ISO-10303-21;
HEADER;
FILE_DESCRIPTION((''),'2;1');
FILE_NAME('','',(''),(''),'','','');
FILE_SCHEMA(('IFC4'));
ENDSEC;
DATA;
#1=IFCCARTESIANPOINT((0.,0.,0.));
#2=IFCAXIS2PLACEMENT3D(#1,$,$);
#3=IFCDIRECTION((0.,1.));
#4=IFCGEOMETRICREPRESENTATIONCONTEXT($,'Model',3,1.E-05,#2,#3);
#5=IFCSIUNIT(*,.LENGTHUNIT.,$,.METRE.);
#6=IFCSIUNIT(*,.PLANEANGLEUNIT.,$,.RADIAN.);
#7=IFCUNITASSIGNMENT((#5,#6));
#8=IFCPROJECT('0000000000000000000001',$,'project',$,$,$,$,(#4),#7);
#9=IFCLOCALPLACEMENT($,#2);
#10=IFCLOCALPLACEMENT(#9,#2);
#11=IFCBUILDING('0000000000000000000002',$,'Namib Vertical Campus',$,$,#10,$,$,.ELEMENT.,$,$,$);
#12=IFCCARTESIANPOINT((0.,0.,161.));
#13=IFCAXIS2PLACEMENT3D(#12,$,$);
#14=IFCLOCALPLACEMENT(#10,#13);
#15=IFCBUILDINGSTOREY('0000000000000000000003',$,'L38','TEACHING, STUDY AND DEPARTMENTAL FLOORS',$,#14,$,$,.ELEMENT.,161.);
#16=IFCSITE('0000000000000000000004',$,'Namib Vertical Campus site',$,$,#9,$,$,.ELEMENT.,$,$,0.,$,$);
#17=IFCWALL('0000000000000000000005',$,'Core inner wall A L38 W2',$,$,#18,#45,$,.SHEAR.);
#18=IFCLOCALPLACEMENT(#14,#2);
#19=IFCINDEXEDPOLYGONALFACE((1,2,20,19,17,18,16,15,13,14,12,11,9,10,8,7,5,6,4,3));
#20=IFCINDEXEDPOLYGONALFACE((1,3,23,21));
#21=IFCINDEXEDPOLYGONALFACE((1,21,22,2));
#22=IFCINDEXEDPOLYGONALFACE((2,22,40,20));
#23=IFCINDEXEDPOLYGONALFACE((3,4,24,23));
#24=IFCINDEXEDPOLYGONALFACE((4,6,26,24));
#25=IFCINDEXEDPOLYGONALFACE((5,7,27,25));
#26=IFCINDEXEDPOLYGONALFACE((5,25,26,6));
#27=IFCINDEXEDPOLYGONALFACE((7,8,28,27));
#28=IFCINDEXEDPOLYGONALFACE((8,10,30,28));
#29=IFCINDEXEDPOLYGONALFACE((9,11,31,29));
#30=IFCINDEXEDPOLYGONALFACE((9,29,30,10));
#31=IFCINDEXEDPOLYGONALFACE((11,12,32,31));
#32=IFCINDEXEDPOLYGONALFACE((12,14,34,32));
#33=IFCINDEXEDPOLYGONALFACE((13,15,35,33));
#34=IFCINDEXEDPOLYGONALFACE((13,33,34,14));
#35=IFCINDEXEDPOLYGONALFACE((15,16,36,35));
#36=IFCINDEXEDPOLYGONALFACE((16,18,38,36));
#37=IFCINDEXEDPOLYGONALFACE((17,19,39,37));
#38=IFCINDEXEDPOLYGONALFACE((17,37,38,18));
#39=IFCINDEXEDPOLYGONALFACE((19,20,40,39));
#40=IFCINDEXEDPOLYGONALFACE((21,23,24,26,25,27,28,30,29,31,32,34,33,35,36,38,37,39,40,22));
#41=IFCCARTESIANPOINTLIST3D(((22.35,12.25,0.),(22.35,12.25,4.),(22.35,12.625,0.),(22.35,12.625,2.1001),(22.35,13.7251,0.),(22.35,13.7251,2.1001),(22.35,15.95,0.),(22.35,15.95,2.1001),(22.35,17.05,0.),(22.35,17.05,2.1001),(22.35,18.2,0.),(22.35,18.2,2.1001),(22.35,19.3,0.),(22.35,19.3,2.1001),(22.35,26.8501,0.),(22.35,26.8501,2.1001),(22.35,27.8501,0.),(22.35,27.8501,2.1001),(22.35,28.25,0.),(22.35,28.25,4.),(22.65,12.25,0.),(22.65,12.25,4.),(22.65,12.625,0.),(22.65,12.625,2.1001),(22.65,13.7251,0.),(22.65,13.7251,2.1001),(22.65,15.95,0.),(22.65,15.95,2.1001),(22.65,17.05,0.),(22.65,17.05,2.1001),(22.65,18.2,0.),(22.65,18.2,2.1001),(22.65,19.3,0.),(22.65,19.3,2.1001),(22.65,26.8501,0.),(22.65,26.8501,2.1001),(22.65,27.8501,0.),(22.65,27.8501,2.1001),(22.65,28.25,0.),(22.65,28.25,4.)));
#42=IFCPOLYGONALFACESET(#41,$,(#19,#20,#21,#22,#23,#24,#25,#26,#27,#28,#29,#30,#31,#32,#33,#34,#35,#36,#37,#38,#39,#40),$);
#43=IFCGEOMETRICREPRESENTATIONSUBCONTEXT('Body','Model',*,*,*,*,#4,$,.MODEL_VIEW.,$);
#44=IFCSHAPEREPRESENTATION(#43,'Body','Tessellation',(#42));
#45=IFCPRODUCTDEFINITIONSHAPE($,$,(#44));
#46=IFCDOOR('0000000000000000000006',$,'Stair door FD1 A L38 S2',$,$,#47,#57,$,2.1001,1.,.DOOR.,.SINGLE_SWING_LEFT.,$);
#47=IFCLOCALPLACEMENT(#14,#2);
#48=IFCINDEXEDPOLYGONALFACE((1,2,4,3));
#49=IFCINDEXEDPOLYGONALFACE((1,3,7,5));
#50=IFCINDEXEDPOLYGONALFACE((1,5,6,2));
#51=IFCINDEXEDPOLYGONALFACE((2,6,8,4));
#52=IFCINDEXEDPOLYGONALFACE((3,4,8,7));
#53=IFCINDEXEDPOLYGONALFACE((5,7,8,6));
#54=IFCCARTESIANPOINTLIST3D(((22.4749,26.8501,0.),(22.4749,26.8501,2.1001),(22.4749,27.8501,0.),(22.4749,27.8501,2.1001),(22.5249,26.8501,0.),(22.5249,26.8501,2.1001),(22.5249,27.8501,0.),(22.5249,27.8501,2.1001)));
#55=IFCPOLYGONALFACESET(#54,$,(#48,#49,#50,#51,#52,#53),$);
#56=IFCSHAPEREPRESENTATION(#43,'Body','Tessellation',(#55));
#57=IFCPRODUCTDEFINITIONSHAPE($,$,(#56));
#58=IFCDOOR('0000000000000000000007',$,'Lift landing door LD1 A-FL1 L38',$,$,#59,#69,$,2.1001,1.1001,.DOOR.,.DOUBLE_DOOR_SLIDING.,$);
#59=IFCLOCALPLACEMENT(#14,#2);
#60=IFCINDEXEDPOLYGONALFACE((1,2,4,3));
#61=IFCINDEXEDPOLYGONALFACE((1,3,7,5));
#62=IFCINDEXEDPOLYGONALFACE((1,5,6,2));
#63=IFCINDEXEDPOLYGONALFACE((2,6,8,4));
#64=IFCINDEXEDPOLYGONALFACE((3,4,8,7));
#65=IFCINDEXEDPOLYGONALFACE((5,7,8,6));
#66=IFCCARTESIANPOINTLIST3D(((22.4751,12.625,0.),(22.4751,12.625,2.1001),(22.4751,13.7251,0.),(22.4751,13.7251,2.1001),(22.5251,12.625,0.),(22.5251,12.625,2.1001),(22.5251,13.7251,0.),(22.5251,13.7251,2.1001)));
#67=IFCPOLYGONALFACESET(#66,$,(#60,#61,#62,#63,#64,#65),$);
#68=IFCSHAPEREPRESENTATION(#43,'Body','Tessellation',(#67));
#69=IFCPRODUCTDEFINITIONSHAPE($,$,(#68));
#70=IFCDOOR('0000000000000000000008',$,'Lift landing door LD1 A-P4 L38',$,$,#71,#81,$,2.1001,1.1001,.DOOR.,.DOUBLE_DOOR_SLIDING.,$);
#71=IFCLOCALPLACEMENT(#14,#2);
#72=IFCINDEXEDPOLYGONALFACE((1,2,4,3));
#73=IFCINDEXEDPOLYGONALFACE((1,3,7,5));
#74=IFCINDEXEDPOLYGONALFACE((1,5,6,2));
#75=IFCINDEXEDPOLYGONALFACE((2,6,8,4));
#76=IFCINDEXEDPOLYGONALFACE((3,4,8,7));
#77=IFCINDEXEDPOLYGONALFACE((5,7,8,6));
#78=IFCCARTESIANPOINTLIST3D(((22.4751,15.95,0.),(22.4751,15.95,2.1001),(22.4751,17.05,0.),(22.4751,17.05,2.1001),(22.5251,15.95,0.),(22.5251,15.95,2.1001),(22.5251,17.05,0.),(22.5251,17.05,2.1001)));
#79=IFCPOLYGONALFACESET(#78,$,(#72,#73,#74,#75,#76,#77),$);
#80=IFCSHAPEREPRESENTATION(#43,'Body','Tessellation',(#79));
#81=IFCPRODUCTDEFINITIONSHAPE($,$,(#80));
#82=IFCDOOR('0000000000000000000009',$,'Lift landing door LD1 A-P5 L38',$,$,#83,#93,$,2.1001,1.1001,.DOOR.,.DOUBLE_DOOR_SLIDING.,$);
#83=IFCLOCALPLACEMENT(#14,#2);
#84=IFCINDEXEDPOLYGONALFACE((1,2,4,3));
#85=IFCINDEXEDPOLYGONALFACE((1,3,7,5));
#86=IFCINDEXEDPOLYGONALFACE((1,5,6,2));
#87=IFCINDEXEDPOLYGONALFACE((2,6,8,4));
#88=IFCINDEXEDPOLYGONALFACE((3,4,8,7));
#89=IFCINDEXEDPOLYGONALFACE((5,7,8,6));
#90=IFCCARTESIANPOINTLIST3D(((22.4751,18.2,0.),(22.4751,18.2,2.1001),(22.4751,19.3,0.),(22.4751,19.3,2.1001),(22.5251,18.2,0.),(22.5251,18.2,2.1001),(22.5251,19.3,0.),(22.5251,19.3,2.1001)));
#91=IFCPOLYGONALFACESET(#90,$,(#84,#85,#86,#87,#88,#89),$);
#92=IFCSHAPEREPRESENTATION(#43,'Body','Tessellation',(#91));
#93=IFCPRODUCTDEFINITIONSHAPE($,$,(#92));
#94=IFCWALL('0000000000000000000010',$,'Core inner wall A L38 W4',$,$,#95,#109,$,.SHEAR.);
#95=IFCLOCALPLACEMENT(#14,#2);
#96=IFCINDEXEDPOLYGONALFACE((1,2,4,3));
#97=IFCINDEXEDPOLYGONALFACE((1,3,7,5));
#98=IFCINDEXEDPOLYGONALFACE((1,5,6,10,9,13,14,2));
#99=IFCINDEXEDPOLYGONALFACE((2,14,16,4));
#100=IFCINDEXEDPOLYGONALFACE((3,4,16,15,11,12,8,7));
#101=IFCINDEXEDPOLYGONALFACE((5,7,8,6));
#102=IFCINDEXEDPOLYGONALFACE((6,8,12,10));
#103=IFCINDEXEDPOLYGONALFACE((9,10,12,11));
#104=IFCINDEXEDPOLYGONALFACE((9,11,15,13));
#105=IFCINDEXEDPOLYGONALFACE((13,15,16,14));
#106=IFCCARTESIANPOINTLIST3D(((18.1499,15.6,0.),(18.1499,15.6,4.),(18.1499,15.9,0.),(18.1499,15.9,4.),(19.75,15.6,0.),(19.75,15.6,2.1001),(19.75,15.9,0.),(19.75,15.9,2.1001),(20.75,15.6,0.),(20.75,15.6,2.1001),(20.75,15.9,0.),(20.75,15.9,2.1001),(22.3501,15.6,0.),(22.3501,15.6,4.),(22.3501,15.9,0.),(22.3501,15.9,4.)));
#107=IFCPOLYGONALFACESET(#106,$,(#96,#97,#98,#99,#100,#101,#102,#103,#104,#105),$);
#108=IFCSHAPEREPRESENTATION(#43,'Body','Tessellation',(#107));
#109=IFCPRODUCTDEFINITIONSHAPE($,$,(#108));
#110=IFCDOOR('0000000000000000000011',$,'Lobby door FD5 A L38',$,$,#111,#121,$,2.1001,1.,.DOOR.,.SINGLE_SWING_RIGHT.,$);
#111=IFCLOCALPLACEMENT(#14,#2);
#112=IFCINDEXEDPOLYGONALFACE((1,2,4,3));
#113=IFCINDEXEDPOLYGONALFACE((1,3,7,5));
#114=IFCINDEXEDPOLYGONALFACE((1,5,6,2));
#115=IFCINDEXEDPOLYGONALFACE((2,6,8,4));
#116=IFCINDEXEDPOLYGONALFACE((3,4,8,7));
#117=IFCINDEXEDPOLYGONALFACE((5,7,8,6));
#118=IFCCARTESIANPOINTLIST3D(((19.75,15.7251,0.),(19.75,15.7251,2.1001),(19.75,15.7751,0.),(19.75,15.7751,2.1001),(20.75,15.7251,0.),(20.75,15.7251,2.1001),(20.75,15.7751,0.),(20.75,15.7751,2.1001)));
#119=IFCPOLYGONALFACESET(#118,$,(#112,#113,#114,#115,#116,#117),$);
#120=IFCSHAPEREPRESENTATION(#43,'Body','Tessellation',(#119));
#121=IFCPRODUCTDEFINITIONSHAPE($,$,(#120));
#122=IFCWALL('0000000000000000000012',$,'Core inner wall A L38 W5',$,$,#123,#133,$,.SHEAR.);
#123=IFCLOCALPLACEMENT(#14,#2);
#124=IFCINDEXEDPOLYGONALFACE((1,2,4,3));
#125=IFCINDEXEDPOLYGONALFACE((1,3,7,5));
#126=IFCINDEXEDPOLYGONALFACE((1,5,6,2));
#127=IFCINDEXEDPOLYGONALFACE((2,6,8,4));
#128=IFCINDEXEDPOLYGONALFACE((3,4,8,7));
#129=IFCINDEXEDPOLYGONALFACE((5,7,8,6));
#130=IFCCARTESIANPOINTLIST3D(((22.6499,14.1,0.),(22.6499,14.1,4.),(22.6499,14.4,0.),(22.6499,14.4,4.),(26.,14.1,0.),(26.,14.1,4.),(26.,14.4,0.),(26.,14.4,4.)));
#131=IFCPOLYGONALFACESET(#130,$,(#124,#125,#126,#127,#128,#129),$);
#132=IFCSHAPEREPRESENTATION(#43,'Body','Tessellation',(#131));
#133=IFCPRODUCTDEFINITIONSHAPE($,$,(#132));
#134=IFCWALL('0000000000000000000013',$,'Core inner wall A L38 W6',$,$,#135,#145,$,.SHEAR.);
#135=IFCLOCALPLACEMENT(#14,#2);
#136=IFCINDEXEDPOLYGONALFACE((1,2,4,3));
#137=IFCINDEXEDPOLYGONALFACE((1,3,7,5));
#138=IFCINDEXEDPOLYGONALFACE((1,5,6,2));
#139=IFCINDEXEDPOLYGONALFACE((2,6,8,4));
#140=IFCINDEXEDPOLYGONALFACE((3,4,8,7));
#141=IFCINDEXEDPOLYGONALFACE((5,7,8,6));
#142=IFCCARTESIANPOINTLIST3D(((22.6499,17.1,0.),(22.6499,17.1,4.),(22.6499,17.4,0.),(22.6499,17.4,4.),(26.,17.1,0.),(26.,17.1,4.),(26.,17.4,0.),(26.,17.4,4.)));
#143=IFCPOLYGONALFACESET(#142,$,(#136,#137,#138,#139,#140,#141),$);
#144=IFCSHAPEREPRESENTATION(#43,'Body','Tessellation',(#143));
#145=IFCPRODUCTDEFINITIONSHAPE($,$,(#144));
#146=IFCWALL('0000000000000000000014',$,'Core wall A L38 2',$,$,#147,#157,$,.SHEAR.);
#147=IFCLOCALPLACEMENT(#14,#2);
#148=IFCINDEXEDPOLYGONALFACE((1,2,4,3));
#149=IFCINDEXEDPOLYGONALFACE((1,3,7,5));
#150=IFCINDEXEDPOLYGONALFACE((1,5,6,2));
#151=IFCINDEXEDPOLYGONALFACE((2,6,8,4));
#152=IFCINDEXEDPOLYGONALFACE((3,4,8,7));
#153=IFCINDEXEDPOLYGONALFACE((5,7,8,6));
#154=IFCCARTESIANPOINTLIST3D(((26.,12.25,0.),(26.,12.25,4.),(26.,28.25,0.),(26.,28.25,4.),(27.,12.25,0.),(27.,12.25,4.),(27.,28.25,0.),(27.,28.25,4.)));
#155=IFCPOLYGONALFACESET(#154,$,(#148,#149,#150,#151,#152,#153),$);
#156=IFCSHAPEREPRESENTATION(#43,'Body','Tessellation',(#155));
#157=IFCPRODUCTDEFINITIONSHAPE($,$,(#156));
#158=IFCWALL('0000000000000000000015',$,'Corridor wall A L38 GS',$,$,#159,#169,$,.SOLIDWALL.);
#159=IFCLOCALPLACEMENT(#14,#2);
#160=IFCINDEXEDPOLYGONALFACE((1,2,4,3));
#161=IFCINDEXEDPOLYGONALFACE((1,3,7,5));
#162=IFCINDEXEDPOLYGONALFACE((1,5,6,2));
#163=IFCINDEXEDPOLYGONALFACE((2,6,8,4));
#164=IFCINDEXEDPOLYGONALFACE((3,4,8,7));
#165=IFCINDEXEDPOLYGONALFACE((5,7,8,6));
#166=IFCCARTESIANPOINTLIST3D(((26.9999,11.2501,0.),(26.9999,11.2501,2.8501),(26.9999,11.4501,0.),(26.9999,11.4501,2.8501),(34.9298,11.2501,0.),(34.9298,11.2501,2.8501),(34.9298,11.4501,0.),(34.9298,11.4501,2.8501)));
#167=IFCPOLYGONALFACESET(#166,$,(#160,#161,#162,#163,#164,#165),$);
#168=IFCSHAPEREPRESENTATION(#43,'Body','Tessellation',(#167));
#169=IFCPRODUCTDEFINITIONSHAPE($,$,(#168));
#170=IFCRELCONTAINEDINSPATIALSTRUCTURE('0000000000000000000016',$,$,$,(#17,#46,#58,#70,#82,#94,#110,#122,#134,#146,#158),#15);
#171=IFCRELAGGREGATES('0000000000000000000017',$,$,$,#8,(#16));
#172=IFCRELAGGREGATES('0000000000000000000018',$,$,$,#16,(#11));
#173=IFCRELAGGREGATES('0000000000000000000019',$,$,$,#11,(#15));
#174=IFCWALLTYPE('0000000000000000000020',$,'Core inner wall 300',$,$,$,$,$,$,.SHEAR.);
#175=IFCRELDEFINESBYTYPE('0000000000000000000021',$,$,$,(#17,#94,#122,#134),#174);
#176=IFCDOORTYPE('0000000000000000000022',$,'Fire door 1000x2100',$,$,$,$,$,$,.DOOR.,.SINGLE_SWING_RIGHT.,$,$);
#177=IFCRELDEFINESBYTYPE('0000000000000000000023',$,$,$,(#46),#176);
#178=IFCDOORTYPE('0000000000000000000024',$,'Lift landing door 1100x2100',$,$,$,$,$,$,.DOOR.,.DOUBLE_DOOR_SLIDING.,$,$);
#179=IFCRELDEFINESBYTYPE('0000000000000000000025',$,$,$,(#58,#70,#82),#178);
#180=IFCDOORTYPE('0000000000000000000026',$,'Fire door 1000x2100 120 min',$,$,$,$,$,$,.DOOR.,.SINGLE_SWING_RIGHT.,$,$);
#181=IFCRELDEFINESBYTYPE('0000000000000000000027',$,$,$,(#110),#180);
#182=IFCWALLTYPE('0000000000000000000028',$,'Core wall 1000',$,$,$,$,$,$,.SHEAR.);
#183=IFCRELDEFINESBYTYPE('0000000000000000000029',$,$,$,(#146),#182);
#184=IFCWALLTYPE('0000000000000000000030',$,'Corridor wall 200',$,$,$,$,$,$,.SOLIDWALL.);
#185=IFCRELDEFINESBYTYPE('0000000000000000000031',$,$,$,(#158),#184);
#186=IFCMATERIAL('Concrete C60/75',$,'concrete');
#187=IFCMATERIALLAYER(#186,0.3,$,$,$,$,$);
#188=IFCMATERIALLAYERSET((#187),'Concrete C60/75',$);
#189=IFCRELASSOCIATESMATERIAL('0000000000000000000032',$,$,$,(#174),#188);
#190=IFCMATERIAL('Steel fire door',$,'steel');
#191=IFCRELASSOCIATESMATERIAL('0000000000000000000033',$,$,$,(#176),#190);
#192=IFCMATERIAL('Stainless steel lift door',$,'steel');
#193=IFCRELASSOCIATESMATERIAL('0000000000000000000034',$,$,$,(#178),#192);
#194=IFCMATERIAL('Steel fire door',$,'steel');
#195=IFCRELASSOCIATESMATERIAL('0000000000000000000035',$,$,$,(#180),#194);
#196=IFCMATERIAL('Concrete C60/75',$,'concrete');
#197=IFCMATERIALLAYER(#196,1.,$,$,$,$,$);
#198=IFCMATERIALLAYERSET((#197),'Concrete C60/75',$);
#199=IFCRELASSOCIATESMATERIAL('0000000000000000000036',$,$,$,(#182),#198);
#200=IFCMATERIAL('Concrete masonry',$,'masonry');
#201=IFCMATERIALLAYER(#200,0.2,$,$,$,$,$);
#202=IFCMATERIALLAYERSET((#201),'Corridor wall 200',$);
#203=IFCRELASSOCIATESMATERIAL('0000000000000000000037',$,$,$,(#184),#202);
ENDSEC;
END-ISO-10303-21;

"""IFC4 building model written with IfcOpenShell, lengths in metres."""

from ifc_helpers import new_model, si_unit, direction, frame, frame_2d, origin, place, context, subcontext, project, spatial, rectangle, extrude, material, layer, layer_set, type_object, element, fill, save


model = new_model("IFC4")

# Units and contexts
model_context = context("Model", 3, precision=1e-05, world=origin(), true_north=direction((0.0, 1.0)))
body_context = subcontext(model_context, "Body", "Model", "MODEL_VIEW")
ifc_project = project(units=[si_unit("LENGTHUNIT", "METRE"), si_unit("PLANEANGLEUNIT", "RADIAN")], contexts=[model_context])

# Site, building, storey
site_placement = place(None, origin())
site = spatial("IfcSite", under=ifc_project, at=site_placement, Name="Namib Vertical Campus site", CompositionType="ELEMENT", RefElevation=0.0)
building_placement = place(site_placement, origin())
building = spatial("IfcBuilding", under=site, at=building_placement, Name="Namib Vertical Campus", CompositionType="ELEMENT")
storey_placement = place(building_placement, frame((0.0, 0.0, 161.0)))
storey = spatial("IfcBuildingStorey", under=building, at=storey_placement, Name="L38", Description="TEACHING, STUDY AND DEPARTMENTAL FLOORS", CompositionType="ELEMENT", Elevation=161.0)

# Wall, openings, doors
ifc_material_1 = material(Name="Concrete C60/75", Category="concrete")
ifc_layer_1 = layer(ifc_material_1, 0.3)
ifc_layer_set_1 = layer_set([ifc_layer_1], Name="Concrete C60/75")
wall_type_1 = type_object("IfcWallType", Name="Core inner wall 300", PredefinedType="SHEAR", material=ifc_layer_set_1)
ifc_material_2 = material(Name="Steel fire door", Category="steel")
door_type_1 = type_object("IfcDoorType", Name="Fire door 1000x2100", OperationType="SINGLE_SWING_RIGHT", PredefinedType="DOOR", material=ifc_material_2)
ifc_material_3 = material(Name="Stainless steel lift door", Category="steel")
door_type_2 = type_object("IfcDoorType", Name="Lift landing door 1100x2100", OperationType="DOUBLE_DOOR_SLIDING", PredefinedType="DOOR", material=ifc_material_3)
wall_1_placement = place(storey_placement, frame((22.5, 12.25, 0.0), z_axis=(0.0, 0.0, 1.0), x_axis=(0.0, 1.0, 0.0)))
wall_1 = element("IfcWall", 1, at=wall_1_placement, inside=storey, type_object=wall_type_1, Name="Core inner wall A L38 W2", PredefinedType="SHEAR", context=body_context, shape_type="SweptSolid", body=[
    extrude(rectangle(XDim=16.0, YDim=0.3, at=frame_2d((8.0, 0.0))), origin(), (0.0, 0.0, 1.0), 4.0),
])
opening_1_placement = place(wall_1_placement, frame((14.6001, 0.0, 0.0)))
opening_1 = element("IfcOpeningElement", 2, at=opening_1_placement, cuts=wall_1, PredefinedType="OPENING", context=body_context, shape_type="SweptSolid", body=[
    extrude(rectangle(XDim=1.0, YDim=2.1001, at=frame_2d((0.5, 1.05))), frame((0.0, 0.1599, 0.0), z_axis=(0.0, -1.0, 0.0), x_axis=(1.0, 0.0, 0.0)), (0.0, 0.0, 1.0), 0.3201),
])
opening_2_placement = place(wall_1_placement, frame((0.375, 0.0, 0.0)))
opening_2 = element("IfcOpeningElement", 3, at=opening_2_placement, cuts=wall_1, PredefinedType="OPENING", context=body_context, shape_type="SweptSolid", body=[
    extrude(rectangle(XDim=1.1001, YDim=2.1001, at=frame_2d((0.55, 1.05))), frame((0.0, 0.1599, 0.0), z_axis=(0.0, -1.0, 0.0), x_axis=(1.0, 0.0, 0.0)), (0.0, 0.0, 1.0), 0.3201),
])
opening_3_placement = place(wall_1_placement, frame((3.7, 0.0, 0.0)))
opening_3 = element("IfcOpeningElement", 4, at=opening_3_placement, cuts=wall_1, PredefinedType="OPENING", context=body_context, shape_type="SweptSolid", body=[
    extrude(rectangle(XDim=1.1001, YDim=2.1001, at=frame_2d((0.55, 1.05))), frame((0.0, 0.1599, 0.0), z_axis=(0.0, -1.0, 0.0), x_axis=(1.0, 0.0, 0.0)), (0.0, 0.0, 1.0), 0.3201),
])
opening_4_placement = place(wall_1_placement, frame((5.95, 0.0, 0.0)))
opening_4 = element("IfcOpeningElement", 5, at=opening_4_placement, cuts=wall_1, PredefinedType="OPENING", context=body_context, shape_type="SweptSolid", body=[
    extrude(rectangle(XDim=1.1001, YDim=2.1001, at=frame_2d((0.55, 1.05))), frame((0.0, 0.1599, 0.0), z_axis=(0.0, -1.0, 0.0), x_axis=(1.0, 0.0, 0.0)), (0.0, 0.0, 1.0), 0.3201),
])
door_1_placement = place(opening_1_placement, frame((1.0, 0.0, 0.0), z_axis=(0.0, 0.0, 1.0), x_axis=(-1.0, 0.0, 0.0)))
door_1 = element("IfcDoor", 6, at=door_1_placement, inside=storey, type_object=door_type_1, Name="Stair door FD1 A L38 S2", OperationType="SINGLE_SWING_LEFT", OverallHeight=2.1001, OverallWidth=1.0, PredefinedType="DOOR", context=body_context, shape_type="SweptSolid", body=[
    extrude(rectangle(XDim=1.0, YDim=2.1001, at=frame_2d((0.5, 1.05))), frame((0.0, 0.0249, 0.0), z_axis=(0.0, -1.0, 0.0), x_axis=(1.0, 0.0, 0.0)), (0.0, 0.0, 1.0), 0.05),
])
fill(opening_1, door_1)
door_2_placement = place(opening_2_placement, origin())
door_2 = element("IfcDoor", 7, at=door_2_placement, inside=storey, type_object=door_type_2, Name="Lift landing door LD1 A-FL1 L38", OperationType="DOUBLE_DOOR_SLIDING", OverallHeight=2.1001, OverallWidth=1.1001, PredefinedType="DOOR", context=body_context, shape_type="SweptSolid", body=[
    extrude(rectangle(XDim=1.1001, YDim=2.1001, at=frame_2d((0.55, 1.05))), frame((0.0, 0.0249, 0.0), z_axis=(0.0, -1.0, 0.0), x_axis=(1.0, 0.0, 0.0)), (0.0, 0.0, 1.0), 0.05),
])
fill(opening_2, door_2)
door_3_placement = place(opening_3_placement, origin())
door_3 = element("IfcDoor", 8, at=door_3_placement, inside=storey, type_object=door_type_2, Name="Lift landing door LD1 A-P4 L38", OperationType="DOUBLE_DOOR_SLIDING", OverallHeight=2.1001, OverallWidth=1.1001, PredefinedType="DOOR", context=body_context, shape_type="SweptSolid", body=[
    extrude(rectangle(XDim=1.1001, YDim=2.1001, at=frame_2d((0.55, 1.05))), frame((0.0, 0.0249, 0.0), z_axis=(0.0, -1.0, 0.0), x_axis=(1.0, 0.0, 0.0)), (0.0, 0.0, 1.0), 0.05),
])
fill(opening_3, door_3)
door_4_placement = place(opening_4_placement, origin())
door_4 = element("IfcDoor", 9, at=door_4_placement, inside=storey, type_object=door_type_2, Name="Lift landing door LD1 A-P5 L38", OperationType="DOUBLE_DOOR_SLIDING", OverallHeight=2.1001, OverallWidth=1.1001, PredefinedType="DOOR", context=body_context, shape_type="SweptSolid", body=[
    extrude(rectangle(XDim=1.1001, YDim=2.1001, at=frame_2d((0.55, 1.05))), frame((0.0, 0.0249, 0.0), z_axis=(0.0, -1.0, 0.0), x_axis=(1.0, 0.0, 0.0)), (0.0, 0.0, 1.0), 0.05),
])
fill(opening_4, door_4)

# Wall, opening, door
wall_2_placement = place(storey_placement, frame((18.1499, 15.75, 0.0), z_axis=(0.0, 0.0, 1.0), x_axis=(1.0, 0.0, 0.0)))
wall_2 = element("IfcWall", 10, at=wall_2_placement, inside=storey, type_object=wall_type_1, Name="Core inner wall A L38 W4", PredefinedType="SHEAR", context=body_context, shape_type="SweptSolid", body=[
    extrude(rectangle(XDim=4.2002, YDim=0.3, at=frame_2d((2.1001, 0.0))), origin(), (0.0, 0.0, 1.0), 4.0),
])
opening_5_placement = place(wall_2_placement, frame((1.6001, 0.0, 0.0)))
opening_5 = element("IfcOpeningElement", 11, at=opening_5_placement, cuts=wall_2, PredefinedType="OPENING", context=body_context, shape_type="SweptSolid", body=[
    extrude(rectangle(XDim=1.0, YDim=2.1001, at=frame_2d((0.5, 1.05))), frame((0.0, 0.1599, 0.0), z_axis=(0.0, -1.0, 0.0), x_axis=(1.0, 0.0, 0.0)), (0.0, 0.0, 1.0), 0.3201),
])
ifc_material_4 = material(Name="Steel fire door", Category="steel")
door_type_3 = type_object("IfcDoorType", Name="Fire door 1000x2100 120 min", OperationType="SINGLE_SWING_RIGHT", PredefinedType="DOOR", material=ifc_material_4)
door_5_placement = place(opening_5_placement, frame((1.0, 0.0, 0.0), z_axis=(0.0, 0.0, 1.0), x_axis=(-1.0, 0.0, 0.0)))
door_5 = element("IfcDoor", 12, at=door_5_placement, inside=storey, type_object=door_type_3, Name="Lobby door FD5 A L38", OperationType="SINGLE_SWING_RIGHT", OverallHeight=2.1001, OverallWidth=1.0, PredefinedType="DOOR", context=body_context, shape_type="SweptSolid", body=[
    extrude(rectangle(XDim=1.0, YDim=2.1001, at=frame_2d((0.5, 1.05))), frame((0.0, 0.0249, 0.0), z_axis=(0.0, -1.0, 0.0), x_axis=(1.0, 0.0, 0.0)), (0.0, 0.0, 1.0), 0.05),
])
fill(opening_5, door_5)

# Walls
for number, where, z_axis, x_axis, name in (
    (13, (22.6499, 14.25, 0.0), (0.0, 0.0, 1.0), (1.0, 0.0, 0.0), "Core inner wall A L38 W5"),
    (14, (22.6499, 17.25, 0.0), (0.0, 0.0, 1.0), (1.0, 0.0, 0.0), "Core inner wall A L38 W6"),
):
    element("IfcWall", number, at=place(storey_placement, frame(where, z_axis=z_axis, x_axis=x_axis)), inside=storey, type_object=wall_type_1, Name=name, PredefinedType="SHEAR", context=body_context, shape_type="SweptSolid", body=[
        extrude(rectangle(XDim=3.3501, YDim=0.3, at=frame_2d((1.675, 0.0))), origin(), (0.0, 0.0, 1.0), 4.0),
    ])
ifc_material_5 = material(Name="Concrete C60/75", Category="concrete")
ifc_layer_2 = layer(ifc_material_5, 1.0)
ifc_layer_set_2 = layer_set([ifc_layer_2], Name="Concrete C60/75")
wall_type_2 = type_object("IfcWallType", Name="Core wall 1000", PredefinedType="SHEAR", material=ifc_layer_set_2)
wall_3_placement = place(storey_placement, frame((26.5, 12.25, 0.0), z_axis=(0.0, 0.0, 1.0), x_axis=(0.0, 1.0, 0.0)))
element("IfcWall", 15, at=wall_3_placement, inside=storey, type_object=wall_type_2, Name="Core wall A L38 2", PredefinedType="SHEAR", context=body_context, shape_type="SweptSolid", body=[
    extrude(rectangle(XDim=16.0, YDim=1.0, at=frame_2d((8.0, 0.0))), origin(), (0.0, 0.0, 1.0), 4.0),
])
ifc_material_6 = material(Name="Concrete masonry", Category="masonry")
ifc_layer_3 = layer(ifc_material_6, 0.2)
ifc_layer_set_3 = layer_set([ifc_layer_3], Name="Corridor wall 200")
wall_type_3 = type_object("IfcWallType", Name="Corridor wall 200", PredefinedType="SOLIDWALL", material=ifc_layer_set_3)
wall_4_placement = place(storey_placement, frame((27.0, 11.3501, 0.0), z_axis=(0.0, 0.0, 1.0), x_axis=(1.0, 0.0, 0.0)))
element("IfcWall", 16, at=wall_4_placement, inside=storey, type_object=wall_type_3, Name="Corridor wall A L38 GS", PredefinedType="SOLIDWALL", context=body_context, shape_type="SweptSolid", body=[
    extrude(rectangle(XDim=7.9299, YDim=0.2, at=frame_2d((3.9648, 0.0))), origin(), (0.0, 0.0, 1.0), 2.8501),
])

save(model, "model.ifc")
